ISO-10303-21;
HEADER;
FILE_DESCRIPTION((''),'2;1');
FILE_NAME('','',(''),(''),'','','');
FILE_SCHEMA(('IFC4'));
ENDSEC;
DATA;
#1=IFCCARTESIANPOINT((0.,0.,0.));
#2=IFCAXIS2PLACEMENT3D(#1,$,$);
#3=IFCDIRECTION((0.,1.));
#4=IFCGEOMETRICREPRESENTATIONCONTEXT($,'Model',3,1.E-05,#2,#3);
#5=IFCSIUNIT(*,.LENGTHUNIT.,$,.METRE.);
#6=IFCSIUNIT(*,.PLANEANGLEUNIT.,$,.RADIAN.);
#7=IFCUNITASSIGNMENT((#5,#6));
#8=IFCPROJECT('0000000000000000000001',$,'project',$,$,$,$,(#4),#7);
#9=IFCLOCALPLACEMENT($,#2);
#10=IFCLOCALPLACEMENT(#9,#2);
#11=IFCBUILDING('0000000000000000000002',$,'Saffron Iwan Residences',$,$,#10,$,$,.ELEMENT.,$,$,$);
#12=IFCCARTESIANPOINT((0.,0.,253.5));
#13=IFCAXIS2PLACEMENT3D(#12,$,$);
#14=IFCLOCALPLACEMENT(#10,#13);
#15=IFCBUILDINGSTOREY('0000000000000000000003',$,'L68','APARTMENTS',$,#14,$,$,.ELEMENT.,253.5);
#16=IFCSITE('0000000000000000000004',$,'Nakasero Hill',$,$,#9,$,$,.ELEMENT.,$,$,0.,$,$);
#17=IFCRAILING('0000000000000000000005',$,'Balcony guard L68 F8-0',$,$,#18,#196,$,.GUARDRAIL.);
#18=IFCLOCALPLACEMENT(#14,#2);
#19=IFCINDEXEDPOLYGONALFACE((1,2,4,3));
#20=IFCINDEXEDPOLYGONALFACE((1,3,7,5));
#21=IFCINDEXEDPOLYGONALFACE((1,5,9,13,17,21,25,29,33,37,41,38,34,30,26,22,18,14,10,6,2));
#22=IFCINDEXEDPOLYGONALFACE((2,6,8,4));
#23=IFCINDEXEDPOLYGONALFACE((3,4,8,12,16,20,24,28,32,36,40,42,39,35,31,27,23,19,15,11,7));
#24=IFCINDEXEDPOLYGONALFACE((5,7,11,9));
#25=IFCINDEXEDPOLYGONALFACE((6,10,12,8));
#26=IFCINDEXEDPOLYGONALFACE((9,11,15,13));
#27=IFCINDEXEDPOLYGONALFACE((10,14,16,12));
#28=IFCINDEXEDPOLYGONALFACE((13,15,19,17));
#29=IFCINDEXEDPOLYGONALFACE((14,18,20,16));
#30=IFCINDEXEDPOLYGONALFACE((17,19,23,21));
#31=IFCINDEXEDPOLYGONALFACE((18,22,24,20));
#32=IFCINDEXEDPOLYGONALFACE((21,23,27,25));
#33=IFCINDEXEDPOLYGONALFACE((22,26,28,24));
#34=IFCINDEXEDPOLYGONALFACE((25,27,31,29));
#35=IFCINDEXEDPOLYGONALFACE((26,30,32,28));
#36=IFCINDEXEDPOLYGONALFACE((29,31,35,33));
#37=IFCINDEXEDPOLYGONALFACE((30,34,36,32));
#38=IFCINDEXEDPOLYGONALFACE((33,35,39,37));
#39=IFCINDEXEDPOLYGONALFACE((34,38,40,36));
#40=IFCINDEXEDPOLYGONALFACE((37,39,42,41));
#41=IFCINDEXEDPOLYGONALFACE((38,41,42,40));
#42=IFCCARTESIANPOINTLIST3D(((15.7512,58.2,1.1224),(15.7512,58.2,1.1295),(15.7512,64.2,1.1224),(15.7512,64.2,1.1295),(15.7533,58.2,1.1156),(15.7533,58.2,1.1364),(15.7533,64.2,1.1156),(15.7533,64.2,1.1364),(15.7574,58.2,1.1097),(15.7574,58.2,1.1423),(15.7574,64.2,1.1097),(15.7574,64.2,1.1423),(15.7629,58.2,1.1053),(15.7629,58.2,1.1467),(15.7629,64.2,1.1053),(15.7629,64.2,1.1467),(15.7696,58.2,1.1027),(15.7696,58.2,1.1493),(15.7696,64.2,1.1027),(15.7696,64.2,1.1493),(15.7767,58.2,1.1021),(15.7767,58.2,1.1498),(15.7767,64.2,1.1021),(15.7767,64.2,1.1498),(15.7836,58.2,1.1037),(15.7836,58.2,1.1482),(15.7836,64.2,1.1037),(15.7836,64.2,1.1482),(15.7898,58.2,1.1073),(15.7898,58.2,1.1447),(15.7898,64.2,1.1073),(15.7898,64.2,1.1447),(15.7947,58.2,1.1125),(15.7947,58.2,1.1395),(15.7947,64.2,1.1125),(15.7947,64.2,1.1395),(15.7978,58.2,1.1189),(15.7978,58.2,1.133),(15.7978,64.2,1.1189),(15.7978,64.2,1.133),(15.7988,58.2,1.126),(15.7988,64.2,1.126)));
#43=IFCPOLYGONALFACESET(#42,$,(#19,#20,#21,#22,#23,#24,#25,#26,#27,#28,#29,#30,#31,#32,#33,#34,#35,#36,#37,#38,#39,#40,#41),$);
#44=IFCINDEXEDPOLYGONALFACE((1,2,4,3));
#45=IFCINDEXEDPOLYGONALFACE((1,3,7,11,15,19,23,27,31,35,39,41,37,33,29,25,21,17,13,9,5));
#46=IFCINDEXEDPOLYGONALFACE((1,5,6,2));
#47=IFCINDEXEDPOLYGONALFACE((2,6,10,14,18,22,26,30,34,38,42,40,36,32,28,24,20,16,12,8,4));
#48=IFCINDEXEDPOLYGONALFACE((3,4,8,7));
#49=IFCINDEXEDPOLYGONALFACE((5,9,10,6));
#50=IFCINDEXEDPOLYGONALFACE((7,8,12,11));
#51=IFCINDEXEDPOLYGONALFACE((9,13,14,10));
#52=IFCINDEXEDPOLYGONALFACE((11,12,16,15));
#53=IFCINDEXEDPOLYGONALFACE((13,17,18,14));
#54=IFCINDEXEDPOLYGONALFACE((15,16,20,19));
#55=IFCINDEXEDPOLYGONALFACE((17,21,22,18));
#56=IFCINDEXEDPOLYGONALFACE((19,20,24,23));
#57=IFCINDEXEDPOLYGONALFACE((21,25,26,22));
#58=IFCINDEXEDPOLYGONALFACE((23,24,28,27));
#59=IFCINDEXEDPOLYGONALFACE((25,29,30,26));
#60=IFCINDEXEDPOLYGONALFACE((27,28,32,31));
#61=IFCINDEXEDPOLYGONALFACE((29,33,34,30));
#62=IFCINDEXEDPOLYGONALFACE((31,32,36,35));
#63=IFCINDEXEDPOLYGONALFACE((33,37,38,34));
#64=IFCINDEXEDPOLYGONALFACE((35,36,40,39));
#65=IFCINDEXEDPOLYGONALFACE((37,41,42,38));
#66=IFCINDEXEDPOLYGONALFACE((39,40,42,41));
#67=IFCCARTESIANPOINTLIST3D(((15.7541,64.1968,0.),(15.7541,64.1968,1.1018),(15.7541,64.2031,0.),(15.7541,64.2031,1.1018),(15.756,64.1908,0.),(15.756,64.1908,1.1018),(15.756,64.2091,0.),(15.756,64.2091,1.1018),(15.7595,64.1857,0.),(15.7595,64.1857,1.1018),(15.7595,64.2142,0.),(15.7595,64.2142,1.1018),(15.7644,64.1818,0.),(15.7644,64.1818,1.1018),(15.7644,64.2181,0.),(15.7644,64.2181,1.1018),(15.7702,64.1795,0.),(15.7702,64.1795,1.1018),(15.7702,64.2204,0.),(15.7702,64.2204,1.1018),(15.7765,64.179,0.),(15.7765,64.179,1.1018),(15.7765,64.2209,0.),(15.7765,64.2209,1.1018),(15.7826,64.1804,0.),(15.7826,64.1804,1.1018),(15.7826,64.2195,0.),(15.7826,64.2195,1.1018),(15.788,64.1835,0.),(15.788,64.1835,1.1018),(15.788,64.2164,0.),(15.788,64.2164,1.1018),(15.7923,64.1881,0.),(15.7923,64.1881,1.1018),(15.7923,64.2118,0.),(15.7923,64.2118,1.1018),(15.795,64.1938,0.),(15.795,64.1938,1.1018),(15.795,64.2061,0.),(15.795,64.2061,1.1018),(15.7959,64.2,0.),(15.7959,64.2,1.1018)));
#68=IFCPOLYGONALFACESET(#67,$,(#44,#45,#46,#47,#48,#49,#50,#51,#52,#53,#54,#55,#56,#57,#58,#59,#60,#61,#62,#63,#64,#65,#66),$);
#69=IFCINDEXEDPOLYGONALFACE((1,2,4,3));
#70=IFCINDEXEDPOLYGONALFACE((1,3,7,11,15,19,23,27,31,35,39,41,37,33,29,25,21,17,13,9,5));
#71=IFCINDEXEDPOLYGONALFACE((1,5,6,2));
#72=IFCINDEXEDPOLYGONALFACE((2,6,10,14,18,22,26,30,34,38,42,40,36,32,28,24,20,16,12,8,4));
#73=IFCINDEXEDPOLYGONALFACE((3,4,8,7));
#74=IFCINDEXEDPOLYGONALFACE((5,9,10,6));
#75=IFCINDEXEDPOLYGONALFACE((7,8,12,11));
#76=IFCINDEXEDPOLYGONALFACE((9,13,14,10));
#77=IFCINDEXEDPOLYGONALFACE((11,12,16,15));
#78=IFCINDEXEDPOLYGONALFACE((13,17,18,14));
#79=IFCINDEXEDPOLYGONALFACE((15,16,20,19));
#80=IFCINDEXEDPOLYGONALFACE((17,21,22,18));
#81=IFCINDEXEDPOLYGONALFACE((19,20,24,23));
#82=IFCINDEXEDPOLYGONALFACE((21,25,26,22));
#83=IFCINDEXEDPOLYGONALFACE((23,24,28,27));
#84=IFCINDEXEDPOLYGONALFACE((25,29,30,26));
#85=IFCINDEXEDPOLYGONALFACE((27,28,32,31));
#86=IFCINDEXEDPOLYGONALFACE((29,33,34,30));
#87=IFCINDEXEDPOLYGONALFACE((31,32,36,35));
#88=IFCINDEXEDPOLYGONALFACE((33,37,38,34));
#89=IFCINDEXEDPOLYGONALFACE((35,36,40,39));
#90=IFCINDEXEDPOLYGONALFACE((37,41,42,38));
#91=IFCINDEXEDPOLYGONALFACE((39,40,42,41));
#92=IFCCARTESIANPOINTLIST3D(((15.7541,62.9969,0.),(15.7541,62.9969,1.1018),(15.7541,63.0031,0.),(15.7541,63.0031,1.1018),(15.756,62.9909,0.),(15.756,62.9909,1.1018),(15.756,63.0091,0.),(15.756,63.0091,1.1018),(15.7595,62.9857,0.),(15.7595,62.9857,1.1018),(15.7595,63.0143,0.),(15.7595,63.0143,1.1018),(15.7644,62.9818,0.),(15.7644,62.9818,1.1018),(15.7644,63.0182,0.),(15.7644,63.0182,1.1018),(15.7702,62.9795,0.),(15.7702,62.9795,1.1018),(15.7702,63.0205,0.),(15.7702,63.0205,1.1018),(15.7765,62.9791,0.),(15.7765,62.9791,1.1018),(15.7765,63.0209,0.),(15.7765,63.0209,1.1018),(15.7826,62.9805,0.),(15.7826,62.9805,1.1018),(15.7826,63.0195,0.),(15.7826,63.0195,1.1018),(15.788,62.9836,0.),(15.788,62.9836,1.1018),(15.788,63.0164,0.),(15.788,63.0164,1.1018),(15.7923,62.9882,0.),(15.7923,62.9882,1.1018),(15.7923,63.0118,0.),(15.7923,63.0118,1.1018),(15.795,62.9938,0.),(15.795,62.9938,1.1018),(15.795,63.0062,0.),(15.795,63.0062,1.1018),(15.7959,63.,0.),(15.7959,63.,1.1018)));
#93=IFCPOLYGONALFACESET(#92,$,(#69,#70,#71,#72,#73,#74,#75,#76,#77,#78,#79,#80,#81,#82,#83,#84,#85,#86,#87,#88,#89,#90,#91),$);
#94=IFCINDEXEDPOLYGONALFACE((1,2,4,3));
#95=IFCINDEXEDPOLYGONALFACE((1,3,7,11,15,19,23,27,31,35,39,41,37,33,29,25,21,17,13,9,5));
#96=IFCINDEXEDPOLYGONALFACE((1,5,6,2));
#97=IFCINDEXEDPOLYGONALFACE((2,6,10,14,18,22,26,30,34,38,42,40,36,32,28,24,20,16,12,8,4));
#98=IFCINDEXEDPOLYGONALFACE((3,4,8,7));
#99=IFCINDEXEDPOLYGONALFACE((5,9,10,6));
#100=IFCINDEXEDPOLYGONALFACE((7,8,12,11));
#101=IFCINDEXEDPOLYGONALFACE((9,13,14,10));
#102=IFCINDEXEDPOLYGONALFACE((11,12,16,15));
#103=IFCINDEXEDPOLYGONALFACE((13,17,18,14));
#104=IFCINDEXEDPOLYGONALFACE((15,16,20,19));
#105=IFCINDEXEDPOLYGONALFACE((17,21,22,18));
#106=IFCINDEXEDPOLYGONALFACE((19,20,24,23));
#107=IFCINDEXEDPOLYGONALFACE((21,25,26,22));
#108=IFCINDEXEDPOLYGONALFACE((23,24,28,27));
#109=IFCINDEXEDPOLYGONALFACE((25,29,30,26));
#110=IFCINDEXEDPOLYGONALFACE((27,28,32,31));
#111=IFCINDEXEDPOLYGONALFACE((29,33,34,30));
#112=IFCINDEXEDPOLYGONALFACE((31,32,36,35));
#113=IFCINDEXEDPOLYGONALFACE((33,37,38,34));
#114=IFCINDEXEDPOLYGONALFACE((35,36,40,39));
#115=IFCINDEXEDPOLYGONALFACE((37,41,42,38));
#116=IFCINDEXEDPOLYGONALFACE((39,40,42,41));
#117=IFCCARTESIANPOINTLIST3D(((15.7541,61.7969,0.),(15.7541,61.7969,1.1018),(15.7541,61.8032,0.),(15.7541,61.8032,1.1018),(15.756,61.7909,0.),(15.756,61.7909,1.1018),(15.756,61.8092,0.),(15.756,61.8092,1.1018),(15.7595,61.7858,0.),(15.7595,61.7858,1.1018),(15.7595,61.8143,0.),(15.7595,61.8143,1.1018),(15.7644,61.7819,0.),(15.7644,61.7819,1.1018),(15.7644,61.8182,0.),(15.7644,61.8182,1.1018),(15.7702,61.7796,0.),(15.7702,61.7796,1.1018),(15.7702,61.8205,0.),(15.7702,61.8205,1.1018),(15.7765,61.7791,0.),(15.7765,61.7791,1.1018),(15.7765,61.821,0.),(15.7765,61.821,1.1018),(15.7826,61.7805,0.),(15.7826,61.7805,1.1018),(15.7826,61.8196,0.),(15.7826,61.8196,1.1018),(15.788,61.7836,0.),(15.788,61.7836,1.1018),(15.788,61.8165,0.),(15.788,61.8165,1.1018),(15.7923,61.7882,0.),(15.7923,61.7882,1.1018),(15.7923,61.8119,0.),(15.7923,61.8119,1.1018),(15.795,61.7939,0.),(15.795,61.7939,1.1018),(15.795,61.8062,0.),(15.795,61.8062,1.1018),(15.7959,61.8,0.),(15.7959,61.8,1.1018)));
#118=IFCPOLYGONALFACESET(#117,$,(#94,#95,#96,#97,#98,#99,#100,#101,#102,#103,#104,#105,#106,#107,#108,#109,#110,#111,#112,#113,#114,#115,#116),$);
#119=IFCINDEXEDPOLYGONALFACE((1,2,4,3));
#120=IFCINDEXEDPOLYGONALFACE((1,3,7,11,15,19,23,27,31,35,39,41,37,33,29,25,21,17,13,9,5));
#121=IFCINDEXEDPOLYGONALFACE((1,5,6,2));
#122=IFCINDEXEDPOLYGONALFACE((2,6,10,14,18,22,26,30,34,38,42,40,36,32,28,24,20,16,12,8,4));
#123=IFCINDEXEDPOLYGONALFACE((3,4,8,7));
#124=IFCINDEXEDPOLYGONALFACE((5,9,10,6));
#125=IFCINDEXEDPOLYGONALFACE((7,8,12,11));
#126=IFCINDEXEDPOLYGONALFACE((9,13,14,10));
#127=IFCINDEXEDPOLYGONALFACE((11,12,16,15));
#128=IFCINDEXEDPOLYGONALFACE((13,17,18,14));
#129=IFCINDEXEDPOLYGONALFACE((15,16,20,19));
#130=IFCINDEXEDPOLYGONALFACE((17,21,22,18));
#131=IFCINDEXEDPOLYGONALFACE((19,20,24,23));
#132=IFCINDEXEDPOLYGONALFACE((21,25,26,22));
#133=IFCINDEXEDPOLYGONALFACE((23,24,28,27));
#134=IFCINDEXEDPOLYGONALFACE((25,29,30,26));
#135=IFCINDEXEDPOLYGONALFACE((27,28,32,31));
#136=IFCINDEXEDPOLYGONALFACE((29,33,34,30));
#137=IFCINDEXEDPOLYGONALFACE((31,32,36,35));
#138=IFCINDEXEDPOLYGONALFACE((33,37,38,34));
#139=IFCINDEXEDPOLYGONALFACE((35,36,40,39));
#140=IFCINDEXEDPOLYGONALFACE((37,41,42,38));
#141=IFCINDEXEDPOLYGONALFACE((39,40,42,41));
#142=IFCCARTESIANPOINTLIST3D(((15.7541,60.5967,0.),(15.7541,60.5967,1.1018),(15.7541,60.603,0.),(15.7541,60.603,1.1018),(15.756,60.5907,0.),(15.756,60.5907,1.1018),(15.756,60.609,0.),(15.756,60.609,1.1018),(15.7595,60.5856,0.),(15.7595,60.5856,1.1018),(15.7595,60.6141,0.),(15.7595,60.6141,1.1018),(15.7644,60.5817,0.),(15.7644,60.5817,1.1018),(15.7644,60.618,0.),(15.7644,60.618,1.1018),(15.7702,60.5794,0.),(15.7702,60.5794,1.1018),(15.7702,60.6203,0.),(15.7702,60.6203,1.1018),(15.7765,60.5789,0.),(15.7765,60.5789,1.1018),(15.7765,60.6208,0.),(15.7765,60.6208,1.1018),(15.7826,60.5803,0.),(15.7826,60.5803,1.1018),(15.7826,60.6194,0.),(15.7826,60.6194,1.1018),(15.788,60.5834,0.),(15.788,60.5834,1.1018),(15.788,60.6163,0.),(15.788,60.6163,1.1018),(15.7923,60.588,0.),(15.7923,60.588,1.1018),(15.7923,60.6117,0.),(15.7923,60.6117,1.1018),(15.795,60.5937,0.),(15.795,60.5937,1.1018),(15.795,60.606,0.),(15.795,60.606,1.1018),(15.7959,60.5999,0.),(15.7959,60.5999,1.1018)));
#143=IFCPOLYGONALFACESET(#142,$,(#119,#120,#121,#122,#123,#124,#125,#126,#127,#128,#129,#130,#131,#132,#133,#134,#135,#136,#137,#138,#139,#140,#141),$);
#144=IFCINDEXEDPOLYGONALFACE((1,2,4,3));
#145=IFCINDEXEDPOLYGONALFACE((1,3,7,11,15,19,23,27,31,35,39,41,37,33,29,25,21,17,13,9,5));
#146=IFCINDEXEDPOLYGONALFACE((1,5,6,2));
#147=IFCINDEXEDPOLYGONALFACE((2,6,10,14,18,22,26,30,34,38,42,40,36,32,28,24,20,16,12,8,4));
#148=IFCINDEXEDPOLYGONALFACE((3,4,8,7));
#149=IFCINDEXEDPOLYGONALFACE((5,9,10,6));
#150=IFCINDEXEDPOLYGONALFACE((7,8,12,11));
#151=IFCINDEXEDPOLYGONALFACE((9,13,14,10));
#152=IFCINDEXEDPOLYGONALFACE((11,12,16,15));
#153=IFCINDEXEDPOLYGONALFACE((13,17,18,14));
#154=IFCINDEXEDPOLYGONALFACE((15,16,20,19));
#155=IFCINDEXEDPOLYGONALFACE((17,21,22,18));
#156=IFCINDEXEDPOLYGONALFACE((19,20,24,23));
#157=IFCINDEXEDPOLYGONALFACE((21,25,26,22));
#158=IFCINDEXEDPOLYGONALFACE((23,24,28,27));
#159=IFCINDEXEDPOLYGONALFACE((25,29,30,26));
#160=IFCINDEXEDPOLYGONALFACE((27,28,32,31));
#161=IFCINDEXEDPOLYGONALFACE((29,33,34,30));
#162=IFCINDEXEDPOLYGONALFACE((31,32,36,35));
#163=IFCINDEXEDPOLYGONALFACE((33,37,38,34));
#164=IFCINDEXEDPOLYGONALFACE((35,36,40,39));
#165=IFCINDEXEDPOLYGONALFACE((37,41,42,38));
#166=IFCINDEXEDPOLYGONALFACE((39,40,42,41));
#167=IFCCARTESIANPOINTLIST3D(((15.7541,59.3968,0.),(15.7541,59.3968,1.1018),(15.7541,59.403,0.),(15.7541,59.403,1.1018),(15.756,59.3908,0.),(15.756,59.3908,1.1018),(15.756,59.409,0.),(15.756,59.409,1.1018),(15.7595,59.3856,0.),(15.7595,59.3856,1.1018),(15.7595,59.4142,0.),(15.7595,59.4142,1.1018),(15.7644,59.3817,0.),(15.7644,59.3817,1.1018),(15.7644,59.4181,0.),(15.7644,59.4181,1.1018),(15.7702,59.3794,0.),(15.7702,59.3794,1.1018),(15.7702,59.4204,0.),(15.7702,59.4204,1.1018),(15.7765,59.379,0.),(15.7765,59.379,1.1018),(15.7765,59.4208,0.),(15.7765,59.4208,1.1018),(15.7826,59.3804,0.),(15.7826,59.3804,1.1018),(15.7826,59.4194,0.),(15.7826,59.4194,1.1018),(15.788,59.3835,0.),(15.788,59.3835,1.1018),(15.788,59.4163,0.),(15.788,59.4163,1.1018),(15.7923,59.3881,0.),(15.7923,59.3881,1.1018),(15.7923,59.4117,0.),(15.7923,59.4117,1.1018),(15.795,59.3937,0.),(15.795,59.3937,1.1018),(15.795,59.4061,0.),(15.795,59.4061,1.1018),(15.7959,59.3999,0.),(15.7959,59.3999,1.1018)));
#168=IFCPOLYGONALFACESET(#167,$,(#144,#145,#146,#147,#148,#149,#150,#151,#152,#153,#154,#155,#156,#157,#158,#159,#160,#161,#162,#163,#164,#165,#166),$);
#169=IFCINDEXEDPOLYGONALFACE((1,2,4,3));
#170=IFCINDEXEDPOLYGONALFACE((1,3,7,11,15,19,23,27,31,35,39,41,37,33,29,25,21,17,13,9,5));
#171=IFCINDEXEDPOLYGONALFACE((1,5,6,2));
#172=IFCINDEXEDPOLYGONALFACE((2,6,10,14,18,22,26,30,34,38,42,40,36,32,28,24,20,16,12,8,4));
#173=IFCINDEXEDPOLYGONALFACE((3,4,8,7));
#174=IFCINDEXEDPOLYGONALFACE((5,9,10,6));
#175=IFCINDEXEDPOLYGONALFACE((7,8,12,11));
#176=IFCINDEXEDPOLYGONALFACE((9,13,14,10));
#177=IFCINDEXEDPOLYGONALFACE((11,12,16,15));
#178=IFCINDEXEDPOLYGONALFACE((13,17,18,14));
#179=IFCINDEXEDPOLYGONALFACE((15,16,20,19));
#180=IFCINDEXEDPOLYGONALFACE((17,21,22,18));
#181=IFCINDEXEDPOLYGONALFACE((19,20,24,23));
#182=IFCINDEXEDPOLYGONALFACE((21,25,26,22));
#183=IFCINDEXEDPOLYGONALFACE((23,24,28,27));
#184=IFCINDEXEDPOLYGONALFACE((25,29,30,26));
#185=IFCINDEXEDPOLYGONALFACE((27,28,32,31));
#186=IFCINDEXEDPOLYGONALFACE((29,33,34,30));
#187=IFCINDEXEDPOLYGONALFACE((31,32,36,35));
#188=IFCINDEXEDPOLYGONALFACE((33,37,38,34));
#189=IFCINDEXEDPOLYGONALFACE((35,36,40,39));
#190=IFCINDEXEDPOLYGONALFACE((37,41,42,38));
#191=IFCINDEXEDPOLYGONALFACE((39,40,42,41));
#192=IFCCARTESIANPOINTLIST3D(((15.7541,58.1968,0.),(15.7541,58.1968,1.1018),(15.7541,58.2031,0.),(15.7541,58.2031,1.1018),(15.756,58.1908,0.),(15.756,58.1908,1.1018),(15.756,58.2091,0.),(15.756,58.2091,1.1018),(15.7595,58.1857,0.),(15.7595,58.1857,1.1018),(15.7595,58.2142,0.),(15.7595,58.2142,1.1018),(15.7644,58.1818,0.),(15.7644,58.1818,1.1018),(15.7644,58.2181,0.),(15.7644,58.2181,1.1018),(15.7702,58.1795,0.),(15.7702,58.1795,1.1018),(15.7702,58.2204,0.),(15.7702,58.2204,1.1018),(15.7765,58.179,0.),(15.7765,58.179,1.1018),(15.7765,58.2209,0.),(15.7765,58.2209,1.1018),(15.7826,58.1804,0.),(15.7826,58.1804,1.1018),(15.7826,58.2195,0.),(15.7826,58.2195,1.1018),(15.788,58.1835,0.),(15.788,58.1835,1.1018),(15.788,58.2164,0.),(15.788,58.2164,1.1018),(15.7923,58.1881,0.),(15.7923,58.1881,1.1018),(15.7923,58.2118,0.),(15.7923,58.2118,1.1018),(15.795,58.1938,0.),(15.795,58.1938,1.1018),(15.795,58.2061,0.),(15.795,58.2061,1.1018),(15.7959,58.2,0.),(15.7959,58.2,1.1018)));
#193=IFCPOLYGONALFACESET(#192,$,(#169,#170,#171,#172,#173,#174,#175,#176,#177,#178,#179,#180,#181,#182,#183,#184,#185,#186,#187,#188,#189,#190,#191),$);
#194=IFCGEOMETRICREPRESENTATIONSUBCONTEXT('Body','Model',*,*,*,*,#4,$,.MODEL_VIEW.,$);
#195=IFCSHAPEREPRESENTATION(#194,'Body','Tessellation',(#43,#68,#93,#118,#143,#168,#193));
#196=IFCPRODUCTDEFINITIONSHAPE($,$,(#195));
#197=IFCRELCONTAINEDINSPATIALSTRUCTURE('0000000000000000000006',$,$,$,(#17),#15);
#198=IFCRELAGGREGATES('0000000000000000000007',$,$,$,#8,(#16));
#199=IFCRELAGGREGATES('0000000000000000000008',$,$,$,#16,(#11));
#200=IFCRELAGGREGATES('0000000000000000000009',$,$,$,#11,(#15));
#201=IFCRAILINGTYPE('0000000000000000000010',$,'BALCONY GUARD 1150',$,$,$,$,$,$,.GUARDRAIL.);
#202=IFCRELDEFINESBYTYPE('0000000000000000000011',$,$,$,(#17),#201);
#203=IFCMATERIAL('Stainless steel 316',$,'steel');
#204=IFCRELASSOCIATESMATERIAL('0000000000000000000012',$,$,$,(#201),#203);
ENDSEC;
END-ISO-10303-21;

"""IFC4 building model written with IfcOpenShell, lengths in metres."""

from ifc_helpers import new_model, si_unit, direction, frame, origin, origin_2d, place, context, subcontext, project, spatial, circle, extrude, material, type_object, element, save


model = new_model("IFC4")

# Units and contexts
model_context = context("Model", 3, precision=1e-05, world=origin(), true_north=direction((0.0, 1.0)))
body_context = subcontext(model_context, "Body", "Model", "MODEL_VIEW")
ifc_project = project(units=[si_unit("LENGTHUNIT", "METRE"), si_unit("PLANEANGLEUNIT", "RADIAN")], contexts=[model_context])

# Site, building, storey
site_placement = place(None, origin())
site = spatial("IfcSite", under=ifc_project, at=site_placement, Name="Nakasero Hill", CompositionType="ELEMENT", RefElevation=0.0)
building_placement = place(site_placement, origin())
building = spatial("IfcBuilding", under=site, at=building_placement, Name="Saffron Iwan Residences", CompositionType="ELEMENT")
storey_placement = place(building_placement, frame((0.0, 0.0, 253.5)))
storey = spatial("IfcBuildingStorey", under=building, at=storey_placement, Name="L68", Description="APARTMENTS", CompositionType="ELEMENT", Elevation=253.5)

# Railing
ifc_material_1 = material(Name="Stainless steel 316", Category="steel")
railing_type = type_object("IfcRailingType", Name="BALCONY GUARD 1150", PredefinedType="GUARDRAIL", material=ifc_material_1)
railing_placement = place(storey_placement, frame((15.7749, 64.2, 0.0)))
element("IfcRailing", 1, at=railing_placement, inside=storey, type_object=railing_type, Name="Balcony guard L68 F8-0", PredefinedType="GUARDRAIL", context=body_context, shape_type="SweptSolid", body=[
    extrude(circle(Radius=0.0239, at=origin_2d()), frame((0.0, 0.0, 1.126), z_axis=(0.0, -1.0, 0.0), x_axis=(1.0, 0.0, 0.0)), (0.0, 0.0, 1.0), 6.0),
    extrude(circle(Radius=0.021, at=origin_2d()), origin(), (0.0, 0.0, 1.0), 1.1018),
    extrude(circle(Radius=0.021, at=origin_2d()), frame((0.0, -1.2, 0.0)), (0.0, 0.0, 1.0), 1.1018),
    extrude(circle(Radius=0.021, at=origin_2d()), frame((0.0, -2.3999, 0.0)), (0.0, 0.0, 1.0), 1.1018),
    extrude(circle(Radius=0.021, at=origin_2d()), frame((0.0, -3.6001, 0.0)), (0.0, 0.0, 1.0), 1.1018),
    extrude(circle(Radius=0.021, at=origin_2d()), frame((0.0, -4.8, 0.0)), (0.0, 0.0, 1.0), 1.1018),
    extrude(circle(Radius=0.021, at=origin_2d()), frame((0.0, -6.0, 0.0)), (0.0, 0.0, 1.0), 1.1018),
])

save(model, "model.ifc")
